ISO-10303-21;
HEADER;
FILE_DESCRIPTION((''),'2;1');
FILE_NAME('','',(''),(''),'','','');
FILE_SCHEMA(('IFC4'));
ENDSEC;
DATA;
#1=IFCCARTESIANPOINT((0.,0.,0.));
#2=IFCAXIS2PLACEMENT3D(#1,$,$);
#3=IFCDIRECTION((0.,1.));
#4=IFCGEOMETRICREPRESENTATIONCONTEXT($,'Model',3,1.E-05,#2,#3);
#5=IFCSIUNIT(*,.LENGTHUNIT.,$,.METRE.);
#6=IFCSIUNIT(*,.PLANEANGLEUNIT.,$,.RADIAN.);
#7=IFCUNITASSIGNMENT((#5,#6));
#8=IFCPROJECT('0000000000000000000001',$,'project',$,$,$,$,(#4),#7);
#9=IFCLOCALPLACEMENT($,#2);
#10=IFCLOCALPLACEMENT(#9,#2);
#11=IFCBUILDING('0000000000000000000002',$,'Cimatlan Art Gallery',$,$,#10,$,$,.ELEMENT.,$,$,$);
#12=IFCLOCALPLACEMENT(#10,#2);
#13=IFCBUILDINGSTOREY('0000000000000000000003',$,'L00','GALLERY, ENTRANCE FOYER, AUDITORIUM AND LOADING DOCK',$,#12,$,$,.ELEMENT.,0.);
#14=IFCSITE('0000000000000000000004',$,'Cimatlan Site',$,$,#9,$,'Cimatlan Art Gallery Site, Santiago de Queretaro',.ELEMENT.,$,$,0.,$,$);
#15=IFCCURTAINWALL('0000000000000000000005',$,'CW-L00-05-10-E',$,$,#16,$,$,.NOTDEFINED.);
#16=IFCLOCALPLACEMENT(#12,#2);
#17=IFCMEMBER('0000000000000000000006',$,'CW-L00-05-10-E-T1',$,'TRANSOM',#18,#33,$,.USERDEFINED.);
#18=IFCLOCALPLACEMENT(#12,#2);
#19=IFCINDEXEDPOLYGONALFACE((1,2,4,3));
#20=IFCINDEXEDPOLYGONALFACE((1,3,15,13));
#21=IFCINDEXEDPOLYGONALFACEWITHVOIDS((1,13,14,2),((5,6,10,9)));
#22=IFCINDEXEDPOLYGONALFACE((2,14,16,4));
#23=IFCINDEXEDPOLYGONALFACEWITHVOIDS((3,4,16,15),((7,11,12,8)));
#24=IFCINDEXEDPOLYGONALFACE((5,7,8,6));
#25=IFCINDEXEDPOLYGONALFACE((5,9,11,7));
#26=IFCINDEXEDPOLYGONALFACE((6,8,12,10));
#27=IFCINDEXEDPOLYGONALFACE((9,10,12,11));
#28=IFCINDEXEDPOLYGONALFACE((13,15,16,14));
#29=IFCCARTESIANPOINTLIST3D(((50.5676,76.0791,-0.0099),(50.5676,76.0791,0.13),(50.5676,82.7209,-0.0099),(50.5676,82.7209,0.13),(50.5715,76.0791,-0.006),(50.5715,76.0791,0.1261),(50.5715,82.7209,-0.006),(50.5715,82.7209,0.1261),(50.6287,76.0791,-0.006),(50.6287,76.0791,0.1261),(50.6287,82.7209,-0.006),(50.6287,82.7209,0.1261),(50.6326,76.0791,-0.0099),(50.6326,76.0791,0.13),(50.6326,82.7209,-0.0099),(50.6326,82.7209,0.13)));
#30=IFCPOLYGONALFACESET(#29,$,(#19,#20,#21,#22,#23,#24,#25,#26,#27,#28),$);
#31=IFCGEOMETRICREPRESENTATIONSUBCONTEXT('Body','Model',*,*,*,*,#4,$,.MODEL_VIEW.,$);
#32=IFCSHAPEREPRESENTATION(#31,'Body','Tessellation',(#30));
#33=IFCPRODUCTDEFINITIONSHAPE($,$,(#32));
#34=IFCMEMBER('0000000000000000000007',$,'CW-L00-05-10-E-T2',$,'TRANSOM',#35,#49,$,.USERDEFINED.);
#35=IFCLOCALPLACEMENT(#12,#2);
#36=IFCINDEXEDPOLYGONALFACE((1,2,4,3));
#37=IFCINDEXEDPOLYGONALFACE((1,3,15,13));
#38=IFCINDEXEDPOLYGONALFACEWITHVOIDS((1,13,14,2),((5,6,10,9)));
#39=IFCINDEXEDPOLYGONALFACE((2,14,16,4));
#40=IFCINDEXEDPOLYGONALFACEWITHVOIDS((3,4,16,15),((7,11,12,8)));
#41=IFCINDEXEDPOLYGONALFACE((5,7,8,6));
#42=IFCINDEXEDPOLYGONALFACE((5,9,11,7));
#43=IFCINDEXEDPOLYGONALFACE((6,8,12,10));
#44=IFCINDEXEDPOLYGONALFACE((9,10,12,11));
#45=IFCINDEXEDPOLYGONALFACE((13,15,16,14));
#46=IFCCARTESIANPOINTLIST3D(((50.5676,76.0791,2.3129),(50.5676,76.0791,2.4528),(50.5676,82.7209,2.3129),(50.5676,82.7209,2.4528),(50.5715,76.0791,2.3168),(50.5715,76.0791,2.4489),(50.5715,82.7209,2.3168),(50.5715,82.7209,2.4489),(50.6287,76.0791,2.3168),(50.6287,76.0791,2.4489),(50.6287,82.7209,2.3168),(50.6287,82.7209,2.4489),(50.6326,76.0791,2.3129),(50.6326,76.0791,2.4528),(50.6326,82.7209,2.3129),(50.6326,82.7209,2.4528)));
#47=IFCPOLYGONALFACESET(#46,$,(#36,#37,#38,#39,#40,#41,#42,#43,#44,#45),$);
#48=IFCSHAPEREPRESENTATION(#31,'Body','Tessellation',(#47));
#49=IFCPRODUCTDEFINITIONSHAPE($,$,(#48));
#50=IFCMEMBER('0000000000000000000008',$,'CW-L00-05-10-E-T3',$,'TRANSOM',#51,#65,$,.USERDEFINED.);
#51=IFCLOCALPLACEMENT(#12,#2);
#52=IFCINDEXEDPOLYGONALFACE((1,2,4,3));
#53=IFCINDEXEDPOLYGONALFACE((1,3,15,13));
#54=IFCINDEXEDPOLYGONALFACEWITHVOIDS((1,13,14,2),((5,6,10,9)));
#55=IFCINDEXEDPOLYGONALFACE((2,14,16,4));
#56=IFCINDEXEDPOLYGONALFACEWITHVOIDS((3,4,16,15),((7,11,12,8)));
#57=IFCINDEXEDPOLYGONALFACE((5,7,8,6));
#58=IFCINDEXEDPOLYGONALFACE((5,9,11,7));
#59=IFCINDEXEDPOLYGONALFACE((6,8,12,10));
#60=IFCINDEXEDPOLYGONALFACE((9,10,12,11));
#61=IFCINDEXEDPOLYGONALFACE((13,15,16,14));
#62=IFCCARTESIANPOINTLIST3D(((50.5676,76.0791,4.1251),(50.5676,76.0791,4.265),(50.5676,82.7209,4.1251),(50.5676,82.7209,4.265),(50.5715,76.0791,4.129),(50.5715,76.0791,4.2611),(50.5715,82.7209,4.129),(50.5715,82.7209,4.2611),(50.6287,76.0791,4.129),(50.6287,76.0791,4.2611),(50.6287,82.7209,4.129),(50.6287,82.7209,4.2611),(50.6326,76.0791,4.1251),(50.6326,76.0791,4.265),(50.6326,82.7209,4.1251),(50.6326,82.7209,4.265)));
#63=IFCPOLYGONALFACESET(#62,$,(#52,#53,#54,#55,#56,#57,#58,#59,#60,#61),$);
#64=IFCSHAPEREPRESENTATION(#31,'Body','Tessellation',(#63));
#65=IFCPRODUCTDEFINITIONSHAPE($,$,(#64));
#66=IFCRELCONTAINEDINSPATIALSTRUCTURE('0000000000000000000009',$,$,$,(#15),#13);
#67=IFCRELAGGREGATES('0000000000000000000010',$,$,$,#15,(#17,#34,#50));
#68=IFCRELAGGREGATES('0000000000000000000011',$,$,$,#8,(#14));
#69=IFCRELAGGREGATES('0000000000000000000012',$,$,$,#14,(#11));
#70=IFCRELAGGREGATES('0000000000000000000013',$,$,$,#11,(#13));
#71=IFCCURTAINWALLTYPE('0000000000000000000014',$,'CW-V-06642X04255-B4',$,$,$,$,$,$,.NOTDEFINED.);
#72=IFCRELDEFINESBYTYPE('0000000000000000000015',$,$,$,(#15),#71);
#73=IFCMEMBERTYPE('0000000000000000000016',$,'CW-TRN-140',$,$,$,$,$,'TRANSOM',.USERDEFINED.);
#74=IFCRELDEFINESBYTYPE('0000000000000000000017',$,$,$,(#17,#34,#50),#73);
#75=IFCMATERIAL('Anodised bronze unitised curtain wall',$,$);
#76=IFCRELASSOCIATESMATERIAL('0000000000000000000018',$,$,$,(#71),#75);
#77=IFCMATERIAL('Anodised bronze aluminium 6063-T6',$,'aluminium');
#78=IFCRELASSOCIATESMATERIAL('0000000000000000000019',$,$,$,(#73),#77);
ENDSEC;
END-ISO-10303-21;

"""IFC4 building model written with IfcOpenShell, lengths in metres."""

from ifc_helpers import new_model, si_unit, direction, frame, origin, origin_2d, place, context, subcontext, project, spatial, hollow_rectangle, extrude, material, material_profile, profile_set, type_object, element, aggregate, save


model = new_model("IFC4")

# Units and contexts
model_context = context("Model", 3, precision=1e-05, world=origin(), true_north=direction((0.0, 1.0)))
body_context = subcontext(model_context, "Body", "Model", "MODEL_VIEW")
ifc_project = project(units=[si_unit("LENGTHUNIT", "METRE"), si_unit("PLANEANGLEUNIT", "RADIAN")], contexts=[model_context])

# Site, building, storey
site_placement = place(None, origin())
site = spatial("IfcSite", under=ifc_project, at=site_placement, Name="Cimatlan Site", LongName="Cimatlan Art Gallery Site, Santiago de Queretaro", CompositionType="ELEMENT", RefElevation=0.0)
building_placement = place(site_placement, origin())
building = spatial("IfcBuilding", under=site, at=building_placement, Name="Cimatlan Art Gallery", CompositionType="ELEMENT")
storey_placement = place(building_placement, origin())
storey = spatial("IfcBuildingStorey", under=building, at=storey_placement, Name="L00", Description="GALLERY, ENTRANCE FOYER, AUDITORIUM AND LOADING DOCK", CompositionType="ELEMENT", Elevation=0.0)

# Curtain wall, members
ifc_material_1 = material(Name="Anodised bronze unitised curtain wall")
curtain_wall_type = type_object("IfcCurtainWallType", Name="CW-V-06642X04255-B4", PredefinedType="NOTDEFINED", material=ifc_material_1)
curtain_wall_placement = place(storey_placement, origin())
curtain_wall = element("IfcCurtainWall", 1, at=curtain_wall_placement, inside=storey, type_object=curtain_wall_type, Name="CW-L00-05-10-E", PredefinedType="NOTDEFINED")
ifc_material_2 = material(Name="Anodised bronze aluminium 6063-T6", Category="aluminium")
ifc_material_profile_1 = material_profile(ifc_material_2, hollow_rectangle(XDim=0.0649, YDim=0.1399, WallThickness=0.0039, at=origin_2d()), Name="ALU65X140X4")
ifc_profile_set_1 = profile_set([ifc_material_profile_1], Name="Anodised bronze aluminium 6063-T6")
member_type_1 = type_object("IfcMemberType", Name="CW-TRN-140", ElementType="TRANSOM", PredefinedType="USERDEFINED", material=ifc_profile_set_1)
member_1_placement = place(storey_placement, frame((50.6001, 82.7209, 0.0601), z_axis=(0.0, -1.0, 0.0), x_axis=(1.0, 0.0, 0.0)))
member_1 = element("IfcMember", 2, at=member_1_placement, type_object=member_type_1, Name="CW-L00-05-10-E-T1", ObjectType="TRANSOM", PredefinedType="USERDEFINED", context=body_context, shape_type="SweptSolid", body=[
    extrude(hollow_rectangle(XDim=0.0649, YDim=0.1399, WallThickness=0.0039, at=origin_2d()), origin(), (0.0, 0.0, 1.0), 6.6418),
])
member_2_placement = place(storey_placement, frame((50.6001, 82.7209, 2.3828), z_axis=(0.0, -1.0, 0.0), x_axis=(1.0, 0.0, 0.0)))
member_2 = element("IfcMember", 3, at=member_2_placement, type_object=member_type_1, Name="CW-L00-05-10-E-T2", ObjectType="TRANSOM", PredefinedType="USERDEFINED", context=body_context, shape_type="SweptSolid", body=[
    extrude(hollow_rectangle(XDim=0.0649, YDim=0.1399, WallThickness=0.0039, at=origin_2d()), origin(), (0.0, 0.0, 1.0), 6.6418),
])
member_3_placement = place(storey_placement, frame((50.6001, 82.7209, 4.1951), z_axis=(0.0, -1.0, 0.0), x_axis=(1.0, 0.0, 0.0)))
member_3 = element("IfcMember", 4, at=member_3_placement, type_object=member_type_1, Name="CW-L00-05-10-E-T3", ObjectType="TRANSOM", PredefinedType="USERDEFINED", context=body_context, shape_type="SweptSolid", body=[
    extrude(hollow_rectangle(XDim=0.0649, YDim=0.1399, WallThickness=0.0039, at=origin_2d()), origin(), (0.0, 0.0, 1.0), 6.6418),
])
aggregate(curtain_wall, [member_1, member_2, member_3])

save(model, "model.ifc")
